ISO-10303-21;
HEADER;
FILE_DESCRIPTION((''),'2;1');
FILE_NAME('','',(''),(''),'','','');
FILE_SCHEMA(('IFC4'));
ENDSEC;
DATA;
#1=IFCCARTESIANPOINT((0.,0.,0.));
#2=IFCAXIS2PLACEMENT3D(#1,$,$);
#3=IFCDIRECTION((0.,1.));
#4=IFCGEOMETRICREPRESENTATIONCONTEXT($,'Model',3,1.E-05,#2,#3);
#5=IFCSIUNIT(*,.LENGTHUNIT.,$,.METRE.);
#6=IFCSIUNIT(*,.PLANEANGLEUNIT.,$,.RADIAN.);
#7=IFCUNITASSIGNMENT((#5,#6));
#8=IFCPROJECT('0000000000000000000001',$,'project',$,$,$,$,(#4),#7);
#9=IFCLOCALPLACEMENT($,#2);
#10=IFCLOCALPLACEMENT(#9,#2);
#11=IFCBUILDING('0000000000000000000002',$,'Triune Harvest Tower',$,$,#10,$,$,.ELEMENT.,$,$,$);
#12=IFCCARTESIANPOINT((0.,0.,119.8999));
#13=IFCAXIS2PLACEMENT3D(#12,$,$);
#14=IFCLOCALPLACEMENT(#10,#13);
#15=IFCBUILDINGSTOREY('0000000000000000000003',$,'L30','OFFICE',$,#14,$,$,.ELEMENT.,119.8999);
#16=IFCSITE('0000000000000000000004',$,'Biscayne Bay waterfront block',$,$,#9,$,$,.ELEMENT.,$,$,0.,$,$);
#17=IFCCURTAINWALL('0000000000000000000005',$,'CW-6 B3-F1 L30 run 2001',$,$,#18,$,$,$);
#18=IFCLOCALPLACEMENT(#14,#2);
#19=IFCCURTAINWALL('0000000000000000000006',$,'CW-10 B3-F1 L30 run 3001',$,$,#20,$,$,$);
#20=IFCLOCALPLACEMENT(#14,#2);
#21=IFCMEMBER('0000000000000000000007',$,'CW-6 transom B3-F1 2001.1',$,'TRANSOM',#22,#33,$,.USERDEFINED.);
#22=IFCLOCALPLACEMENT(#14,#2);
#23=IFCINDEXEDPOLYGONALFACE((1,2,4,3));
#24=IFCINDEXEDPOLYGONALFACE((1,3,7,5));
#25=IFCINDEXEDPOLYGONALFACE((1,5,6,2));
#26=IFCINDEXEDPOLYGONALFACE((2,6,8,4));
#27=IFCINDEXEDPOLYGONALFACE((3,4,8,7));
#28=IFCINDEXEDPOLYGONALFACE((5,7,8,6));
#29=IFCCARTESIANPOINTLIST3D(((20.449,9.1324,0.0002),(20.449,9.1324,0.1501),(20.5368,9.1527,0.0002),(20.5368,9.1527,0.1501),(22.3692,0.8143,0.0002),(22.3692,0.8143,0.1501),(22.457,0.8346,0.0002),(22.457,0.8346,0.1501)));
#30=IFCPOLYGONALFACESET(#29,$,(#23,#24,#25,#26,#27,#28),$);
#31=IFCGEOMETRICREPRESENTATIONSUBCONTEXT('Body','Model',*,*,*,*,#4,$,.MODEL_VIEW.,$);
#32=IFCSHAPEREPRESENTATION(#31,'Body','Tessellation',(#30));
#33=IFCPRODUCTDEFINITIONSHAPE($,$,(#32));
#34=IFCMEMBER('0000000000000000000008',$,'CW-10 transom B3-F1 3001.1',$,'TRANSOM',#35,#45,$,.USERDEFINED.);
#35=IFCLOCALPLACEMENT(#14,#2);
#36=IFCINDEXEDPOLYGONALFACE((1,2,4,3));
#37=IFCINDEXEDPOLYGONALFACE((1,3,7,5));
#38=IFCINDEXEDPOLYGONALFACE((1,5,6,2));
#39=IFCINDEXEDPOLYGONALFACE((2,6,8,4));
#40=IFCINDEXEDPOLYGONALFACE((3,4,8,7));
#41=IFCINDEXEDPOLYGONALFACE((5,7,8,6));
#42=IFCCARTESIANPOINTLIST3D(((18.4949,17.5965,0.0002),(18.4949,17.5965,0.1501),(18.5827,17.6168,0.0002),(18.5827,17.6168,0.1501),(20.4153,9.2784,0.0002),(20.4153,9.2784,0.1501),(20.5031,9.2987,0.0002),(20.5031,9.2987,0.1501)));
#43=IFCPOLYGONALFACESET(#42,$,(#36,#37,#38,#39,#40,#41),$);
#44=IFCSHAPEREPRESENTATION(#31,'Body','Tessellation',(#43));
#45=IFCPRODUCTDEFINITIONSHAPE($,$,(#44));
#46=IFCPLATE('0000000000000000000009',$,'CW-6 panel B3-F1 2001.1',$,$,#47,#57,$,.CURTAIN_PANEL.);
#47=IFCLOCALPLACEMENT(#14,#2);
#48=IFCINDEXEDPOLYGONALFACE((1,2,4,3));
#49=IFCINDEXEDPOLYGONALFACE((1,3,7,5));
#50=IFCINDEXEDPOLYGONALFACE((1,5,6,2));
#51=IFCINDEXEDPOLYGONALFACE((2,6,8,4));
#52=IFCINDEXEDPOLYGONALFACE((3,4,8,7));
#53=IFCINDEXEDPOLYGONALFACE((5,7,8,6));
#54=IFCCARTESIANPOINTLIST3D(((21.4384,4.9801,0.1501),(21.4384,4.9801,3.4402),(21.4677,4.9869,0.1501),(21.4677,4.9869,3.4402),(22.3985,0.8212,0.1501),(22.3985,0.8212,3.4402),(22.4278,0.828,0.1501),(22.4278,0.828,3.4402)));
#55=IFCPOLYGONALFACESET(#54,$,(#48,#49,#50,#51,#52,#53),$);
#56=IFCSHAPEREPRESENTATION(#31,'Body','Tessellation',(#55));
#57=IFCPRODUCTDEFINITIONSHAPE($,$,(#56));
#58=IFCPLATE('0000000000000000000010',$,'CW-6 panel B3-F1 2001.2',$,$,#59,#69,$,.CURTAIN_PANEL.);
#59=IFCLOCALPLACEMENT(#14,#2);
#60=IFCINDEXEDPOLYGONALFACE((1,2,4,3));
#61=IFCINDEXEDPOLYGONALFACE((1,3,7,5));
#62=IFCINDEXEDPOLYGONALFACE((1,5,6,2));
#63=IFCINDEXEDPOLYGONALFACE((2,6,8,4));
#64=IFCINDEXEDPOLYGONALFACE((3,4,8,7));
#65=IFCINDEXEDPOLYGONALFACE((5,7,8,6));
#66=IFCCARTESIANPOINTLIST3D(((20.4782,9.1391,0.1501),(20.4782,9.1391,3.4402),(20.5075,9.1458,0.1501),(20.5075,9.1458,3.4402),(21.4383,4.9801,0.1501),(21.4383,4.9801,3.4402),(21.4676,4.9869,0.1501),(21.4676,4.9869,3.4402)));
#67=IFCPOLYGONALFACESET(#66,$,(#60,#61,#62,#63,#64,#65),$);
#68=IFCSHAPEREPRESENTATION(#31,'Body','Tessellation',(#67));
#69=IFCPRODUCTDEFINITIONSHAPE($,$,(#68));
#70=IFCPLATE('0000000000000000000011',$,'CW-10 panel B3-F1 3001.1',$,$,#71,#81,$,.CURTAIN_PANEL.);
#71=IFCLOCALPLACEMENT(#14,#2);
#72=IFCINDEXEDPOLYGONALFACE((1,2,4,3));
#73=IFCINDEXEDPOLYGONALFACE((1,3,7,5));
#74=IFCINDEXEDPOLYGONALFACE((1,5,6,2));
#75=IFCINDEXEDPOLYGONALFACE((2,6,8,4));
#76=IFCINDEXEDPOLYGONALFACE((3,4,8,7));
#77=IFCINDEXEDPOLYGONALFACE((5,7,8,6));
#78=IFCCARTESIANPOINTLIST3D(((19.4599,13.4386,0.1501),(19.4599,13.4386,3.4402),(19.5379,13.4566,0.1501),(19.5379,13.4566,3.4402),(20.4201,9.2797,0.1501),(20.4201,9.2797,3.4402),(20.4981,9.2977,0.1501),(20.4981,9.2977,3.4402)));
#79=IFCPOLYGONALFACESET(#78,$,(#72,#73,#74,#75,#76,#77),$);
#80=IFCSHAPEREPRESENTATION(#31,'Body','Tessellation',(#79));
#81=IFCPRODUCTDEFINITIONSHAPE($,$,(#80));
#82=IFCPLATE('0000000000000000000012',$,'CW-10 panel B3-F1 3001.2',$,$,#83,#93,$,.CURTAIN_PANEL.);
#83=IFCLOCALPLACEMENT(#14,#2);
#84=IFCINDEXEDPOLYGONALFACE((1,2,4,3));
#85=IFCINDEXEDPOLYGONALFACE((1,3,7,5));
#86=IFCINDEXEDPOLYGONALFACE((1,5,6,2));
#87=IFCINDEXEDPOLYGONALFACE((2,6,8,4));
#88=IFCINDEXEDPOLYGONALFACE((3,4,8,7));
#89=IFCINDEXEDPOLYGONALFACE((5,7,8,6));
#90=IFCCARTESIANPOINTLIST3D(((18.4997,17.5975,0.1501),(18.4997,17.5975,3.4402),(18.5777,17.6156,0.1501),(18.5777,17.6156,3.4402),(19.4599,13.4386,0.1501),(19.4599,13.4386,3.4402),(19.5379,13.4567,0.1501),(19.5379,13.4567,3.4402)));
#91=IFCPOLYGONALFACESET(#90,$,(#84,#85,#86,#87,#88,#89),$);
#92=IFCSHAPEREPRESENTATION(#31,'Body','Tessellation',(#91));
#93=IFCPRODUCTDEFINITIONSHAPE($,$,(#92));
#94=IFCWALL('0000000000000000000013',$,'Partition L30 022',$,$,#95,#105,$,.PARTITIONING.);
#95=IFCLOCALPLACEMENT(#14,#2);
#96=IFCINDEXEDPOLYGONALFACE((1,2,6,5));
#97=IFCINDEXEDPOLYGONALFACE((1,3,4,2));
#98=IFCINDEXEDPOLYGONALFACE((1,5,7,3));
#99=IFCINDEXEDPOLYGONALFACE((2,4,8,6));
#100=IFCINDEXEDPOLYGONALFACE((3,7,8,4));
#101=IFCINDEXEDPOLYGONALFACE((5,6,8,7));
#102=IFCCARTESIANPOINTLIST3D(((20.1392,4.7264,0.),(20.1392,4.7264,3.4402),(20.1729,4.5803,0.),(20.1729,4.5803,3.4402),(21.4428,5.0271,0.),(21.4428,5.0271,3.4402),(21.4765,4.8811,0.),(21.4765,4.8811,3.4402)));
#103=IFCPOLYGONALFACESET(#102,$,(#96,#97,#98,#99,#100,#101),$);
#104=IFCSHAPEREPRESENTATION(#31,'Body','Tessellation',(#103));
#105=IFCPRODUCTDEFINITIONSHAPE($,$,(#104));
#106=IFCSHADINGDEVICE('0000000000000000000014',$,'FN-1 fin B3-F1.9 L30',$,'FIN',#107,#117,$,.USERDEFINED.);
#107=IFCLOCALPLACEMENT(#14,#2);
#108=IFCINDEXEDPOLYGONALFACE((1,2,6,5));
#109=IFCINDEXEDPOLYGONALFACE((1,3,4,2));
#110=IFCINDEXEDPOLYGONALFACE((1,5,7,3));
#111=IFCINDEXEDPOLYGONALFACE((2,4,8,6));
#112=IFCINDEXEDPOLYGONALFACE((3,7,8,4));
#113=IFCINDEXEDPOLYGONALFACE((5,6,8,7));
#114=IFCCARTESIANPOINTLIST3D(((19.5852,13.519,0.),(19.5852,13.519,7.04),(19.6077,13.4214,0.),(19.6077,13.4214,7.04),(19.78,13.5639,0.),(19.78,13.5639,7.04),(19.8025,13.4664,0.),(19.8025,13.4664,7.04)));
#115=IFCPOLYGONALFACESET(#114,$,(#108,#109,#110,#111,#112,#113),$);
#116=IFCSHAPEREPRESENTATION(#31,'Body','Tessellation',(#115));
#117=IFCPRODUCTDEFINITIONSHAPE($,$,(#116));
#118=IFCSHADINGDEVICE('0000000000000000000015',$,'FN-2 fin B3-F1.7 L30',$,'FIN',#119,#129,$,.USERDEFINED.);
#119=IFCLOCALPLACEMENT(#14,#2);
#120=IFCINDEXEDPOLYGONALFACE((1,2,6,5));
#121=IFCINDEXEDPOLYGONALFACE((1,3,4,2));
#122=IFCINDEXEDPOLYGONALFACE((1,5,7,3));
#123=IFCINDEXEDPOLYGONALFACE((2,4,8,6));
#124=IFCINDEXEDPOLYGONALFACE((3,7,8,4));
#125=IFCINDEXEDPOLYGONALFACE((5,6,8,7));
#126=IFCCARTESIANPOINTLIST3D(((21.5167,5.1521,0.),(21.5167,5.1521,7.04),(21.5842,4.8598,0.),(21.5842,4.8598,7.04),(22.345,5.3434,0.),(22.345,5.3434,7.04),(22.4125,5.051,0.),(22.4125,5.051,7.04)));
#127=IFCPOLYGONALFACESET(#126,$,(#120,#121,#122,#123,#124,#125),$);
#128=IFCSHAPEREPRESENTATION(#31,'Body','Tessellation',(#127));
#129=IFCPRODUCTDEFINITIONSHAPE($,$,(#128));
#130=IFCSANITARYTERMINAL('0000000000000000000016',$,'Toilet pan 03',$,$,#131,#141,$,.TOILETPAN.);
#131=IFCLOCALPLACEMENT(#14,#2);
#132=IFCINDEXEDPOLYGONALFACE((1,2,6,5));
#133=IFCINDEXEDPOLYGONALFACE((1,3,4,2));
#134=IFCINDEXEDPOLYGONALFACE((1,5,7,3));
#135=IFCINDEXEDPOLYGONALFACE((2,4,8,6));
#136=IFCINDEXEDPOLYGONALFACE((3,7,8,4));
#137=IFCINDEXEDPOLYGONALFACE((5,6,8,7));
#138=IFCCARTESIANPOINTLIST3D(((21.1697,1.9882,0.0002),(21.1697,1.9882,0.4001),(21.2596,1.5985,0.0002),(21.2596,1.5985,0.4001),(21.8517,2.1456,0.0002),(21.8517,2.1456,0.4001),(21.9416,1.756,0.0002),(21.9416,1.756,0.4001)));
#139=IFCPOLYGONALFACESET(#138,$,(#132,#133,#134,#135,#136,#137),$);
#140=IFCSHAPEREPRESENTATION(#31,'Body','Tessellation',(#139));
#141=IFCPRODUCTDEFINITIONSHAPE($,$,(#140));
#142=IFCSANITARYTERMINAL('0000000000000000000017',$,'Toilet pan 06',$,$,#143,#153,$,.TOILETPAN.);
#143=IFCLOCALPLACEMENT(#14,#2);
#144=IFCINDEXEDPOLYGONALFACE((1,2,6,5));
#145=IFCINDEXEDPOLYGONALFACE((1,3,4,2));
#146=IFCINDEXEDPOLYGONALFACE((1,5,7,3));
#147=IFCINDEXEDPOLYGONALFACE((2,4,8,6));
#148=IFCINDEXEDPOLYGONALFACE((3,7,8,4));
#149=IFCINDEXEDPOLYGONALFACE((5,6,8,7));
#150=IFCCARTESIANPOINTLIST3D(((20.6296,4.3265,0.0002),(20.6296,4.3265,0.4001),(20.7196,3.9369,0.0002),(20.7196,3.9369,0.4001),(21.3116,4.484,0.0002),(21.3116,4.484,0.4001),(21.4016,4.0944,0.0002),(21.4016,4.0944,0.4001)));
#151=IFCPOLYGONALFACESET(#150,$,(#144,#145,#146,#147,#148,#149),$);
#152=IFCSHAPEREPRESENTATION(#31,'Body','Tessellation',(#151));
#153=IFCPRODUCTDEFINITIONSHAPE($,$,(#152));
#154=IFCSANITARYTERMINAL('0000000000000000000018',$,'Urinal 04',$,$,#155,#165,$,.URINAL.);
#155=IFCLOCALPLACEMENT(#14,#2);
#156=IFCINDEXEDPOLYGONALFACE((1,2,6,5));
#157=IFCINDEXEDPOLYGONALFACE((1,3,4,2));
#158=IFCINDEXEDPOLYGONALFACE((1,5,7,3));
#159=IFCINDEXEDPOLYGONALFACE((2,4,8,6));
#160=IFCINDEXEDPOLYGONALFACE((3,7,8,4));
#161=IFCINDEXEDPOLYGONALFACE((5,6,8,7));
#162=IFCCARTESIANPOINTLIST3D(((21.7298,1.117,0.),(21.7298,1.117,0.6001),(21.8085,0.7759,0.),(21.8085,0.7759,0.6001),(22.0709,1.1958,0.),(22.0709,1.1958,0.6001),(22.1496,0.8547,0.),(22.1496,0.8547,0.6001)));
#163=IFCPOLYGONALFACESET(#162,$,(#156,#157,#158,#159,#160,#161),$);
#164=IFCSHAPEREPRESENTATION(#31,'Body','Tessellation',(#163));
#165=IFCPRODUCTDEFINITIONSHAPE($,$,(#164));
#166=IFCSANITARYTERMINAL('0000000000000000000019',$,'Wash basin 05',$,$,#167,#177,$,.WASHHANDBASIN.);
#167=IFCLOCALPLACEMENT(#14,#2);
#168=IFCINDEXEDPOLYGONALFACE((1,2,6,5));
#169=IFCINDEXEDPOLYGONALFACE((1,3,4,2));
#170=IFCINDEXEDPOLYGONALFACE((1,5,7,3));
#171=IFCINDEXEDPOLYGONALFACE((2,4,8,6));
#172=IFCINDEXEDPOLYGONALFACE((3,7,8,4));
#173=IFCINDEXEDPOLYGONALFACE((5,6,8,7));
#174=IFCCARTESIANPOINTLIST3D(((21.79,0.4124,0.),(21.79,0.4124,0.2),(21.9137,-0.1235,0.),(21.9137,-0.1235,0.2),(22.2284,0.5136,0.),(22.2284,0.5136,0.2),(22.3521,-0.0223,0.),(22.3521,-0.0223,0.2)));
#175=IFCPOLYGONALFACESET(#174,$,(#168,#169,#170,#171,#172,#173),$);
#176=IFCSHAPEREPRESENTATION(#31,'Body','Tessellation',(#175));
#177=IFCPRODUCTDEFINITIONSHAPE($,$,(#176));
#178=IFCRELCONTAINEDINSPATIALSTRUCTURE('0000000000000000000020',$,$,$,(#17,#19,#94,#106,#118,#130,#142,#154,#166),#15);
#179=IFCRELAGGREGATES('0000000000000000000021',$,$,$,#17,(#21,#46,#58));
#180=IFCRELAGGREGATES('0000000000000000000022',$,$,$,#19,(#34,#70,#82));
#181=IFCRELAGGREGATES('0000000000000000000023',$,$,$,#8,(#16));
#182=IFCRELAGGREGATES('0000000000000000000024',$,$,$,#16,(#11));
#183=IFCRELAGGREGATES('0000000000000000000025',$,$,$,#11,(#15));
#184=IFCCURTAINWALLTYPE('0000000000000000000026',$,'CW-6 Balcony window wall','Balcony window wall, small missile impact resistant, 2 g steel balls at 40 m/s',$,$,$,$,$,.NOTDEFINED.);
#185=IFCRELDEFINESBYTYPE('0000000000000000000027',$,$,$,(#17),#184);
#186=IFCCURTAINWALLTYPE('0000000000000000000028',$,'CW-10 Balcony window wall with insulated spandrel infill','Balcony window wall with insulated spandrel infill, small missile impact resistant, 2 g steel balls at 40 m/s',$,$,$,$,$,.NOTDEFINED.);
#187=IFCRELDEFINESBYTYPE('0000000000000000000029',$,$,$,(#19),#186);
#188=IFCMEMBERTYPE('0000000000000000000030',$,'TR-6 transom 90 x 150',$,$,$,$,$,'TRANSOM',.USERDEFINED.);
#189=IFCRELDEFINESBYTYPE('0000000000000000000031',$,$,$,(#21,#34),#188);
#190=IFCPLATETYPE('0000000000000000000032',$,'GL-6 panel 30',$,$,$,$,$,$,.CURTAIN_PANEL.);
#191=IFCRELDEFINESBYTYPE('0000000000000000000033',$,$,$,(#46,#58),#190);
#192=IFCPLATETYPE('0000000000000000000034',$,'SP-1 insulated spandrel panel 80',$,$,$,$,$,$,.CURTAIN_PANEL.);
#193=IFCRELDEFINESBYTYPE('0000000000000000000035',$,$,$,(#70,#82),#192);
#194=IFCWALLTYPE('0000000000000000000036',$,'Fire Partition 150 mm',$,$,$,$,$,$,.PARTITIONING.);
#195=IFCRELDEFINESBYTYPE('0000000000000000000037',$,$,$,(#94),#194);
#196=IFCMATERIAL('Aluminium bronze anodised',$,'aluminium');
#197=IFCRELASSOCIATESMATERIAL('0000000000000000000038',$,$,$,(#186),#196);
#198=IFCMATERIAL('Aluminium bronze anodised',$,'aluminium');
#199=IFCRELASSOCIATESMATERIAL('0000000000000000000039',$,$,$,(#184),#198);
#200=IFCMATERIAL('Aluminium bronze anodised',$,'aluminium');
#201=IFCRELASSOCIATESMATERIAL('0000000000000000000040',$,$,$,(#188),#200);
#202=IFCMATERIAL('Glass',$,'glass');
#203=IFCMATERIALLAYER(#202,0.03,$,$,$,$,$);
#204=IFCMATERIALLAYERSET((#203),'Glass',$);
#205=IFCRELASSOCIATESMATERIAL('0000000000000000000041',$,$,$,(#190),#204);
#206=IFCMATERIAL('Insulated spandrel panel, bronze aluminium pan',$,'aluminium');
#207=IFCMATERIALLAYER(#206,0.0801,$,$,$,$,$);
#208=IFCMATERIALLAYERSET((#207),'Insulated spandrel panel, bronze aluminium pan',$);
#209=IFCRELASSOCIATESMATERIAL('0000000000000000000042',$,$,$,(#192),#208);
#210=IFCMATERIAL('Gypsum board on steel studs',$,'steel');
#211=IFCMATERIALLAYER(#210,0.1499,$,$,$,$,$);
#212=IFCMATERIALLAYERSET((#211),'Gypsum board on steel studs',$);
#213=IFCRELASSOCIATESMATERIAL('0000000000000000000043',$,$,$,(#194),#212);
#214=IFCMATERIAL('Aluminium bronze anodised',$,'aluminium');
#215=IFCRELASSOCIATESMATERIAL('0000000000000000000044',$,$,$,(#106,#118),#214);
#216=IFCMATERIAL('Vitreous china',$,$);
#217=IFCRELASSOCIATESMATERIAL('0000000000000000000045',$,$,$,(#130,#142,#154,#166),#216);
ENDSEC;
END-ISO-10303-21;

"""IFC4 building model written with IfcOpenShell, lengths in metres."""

from ifc_helpers import new_model, si_unit, direction, frame, frame_2d, origin, origin_2d, place, context, subcontext, project, spatial, rectangle, extrude, source, transform, mapped, material, layer, layer_set, material_profile, profile_set, type_object, element, aggregate, save


model = new_model("IFC4")

# Units and contexts
model_context = context("Model", 3, precision=1e-05, world=origin(), true_north=direction((0.0, 1.0)))
body_context = subcontext(model_context, "Body", "Model", "MODEL_VIEW")
ifc_project = project(units=[si_unit("LENGTHUNIT", "METRE"), si_unit("PLANEANGLEUNIT", "RADIAN")], contexts=[model_context])

# Site, building, storey
site_placement = place(None, origin())
site = spatial("IfcSite", under=ifc_project, at=site_placement, Name="Biscayne Bay waterfront block", CompositionType="ELEMENT", RefElevation=0.0)
building_placement = place(site_placement, origin())
building = spatial("IfcBuilding", under=site, at=building_placement, Name="Triune Harvest Tower", CompositionType="ELEMENT")
storey_placement = place(building_placement, frame((0.0, 0.0, 119.8999)))
storey = spatial("IfcBuildingStorey", under=building, at=storey_placement, Name="L30", Description="OFFICE", CompositionType="ELEMENT", Elevation=119.8999)

# Shared definitions
ifc_material_1 = material(Name="Aluminium bronze anodised", Category="aluminium")
curtain_wall_type_1 = type_object("IfcCurtainWallType", Name="CW-10 Balcony window wall with insulated spandrel infill", Description="Balcony window wall with insulated spandrel infill, small missile impact resistant, 2 g steel balls at 40 m/s", PredefinedType="NOTDEFINED", material=ifc_material_1)

# Curtain wall
ifc_material_2 = material(Name="Aluminium bronze anodised", Category="aluminium")
curtain_wall_type_2 = type_object("IfcCurtainWallType", Name="CW-6 Balcony window wall", Description="Balcony window wall, small missile impact resistant, 2 g steel balls at 40 m/s", PredefinedType="NOTDEFINED", material=ifc_material_2)
curtain_wall_1_placement = place(storey_placement, origin())
curtain_wall_1 = element("IfcCurtainWall", 1, at=curtain_wall_1_placement, inside=storey, type_object=curtain_wall_type_2, Name="CW-6 B3-F1 L30 run 2001")

# Curtain wall
curtain_wall_2_placement = place(storey_placement, origin())
curtain_wall_2 = element("IfcCurtainWall", 2, at=curtain_wall_2_placement, inside=storey, type_object=curtain_wall_type_1, Name="CW-10 B3-F1 L30 run 3001")

# Members
ifc_material_3 = material(Name="Aluminium bronze anodised", Category="aluminium")
ifc_material_profile_1 = material_profile(ifc_material_3, rectangle(XDim=0.0901, YDim=0.1499, at=origin_2d()), Name="TR-6 transom 90 x 150")
ifc_profile_set_1 = profile_set([ifc_material_profile_1], Name="Aluminium bronze anodised")
member_type_1 = type_object("IfcMemberType", Name="TR-6 transom 90 x 150", ElementType="TRANSOM", PredefinedType="USERDEFINED", material=ifc_profile_set_1)
shared_shape_1 = source(origin(), body_context, "Body", "SweptSolid", [
    extrude(rectangle(XDim=0.0901, YDim=0.1499, at=origin_2d()), origin(), (0.0, 0.0, 1.0), 8.5369),
])
member_1_placement = place(storey_placement, frame((22.4131, 0.8245, 0.0752), z_axis=(-0.224926, 0.974376, 0.0), x_axis=(-0.974376, -0.224926, 0.0)))
member_1 = element("IfcMember", 3, at=member_1_placement, type_object=member_type_1, Name="CW-6 transom B3-F1 2001.1", ObjectType="TRANSOM", PredefinedType="USERDEFINED", context=body_context, shape_type="MappedRepresentation", body=[
    mapped(shared_shape_1, transform((0.0, 0.0, 0.0), scale=1.0)),
])
member_2_placement = place(storey_placement, frame((20.4592, 9.2886, 0.0752), z_axis=(-0.224953, 0.97437, 0.0), x_axis=(-0.97437, -0.224953, 0.0)))
member_2 = element("IfcMember", 4, at=member_2_placement, type_object=member_type_1, Name="CW-10 transom B3-F1 3001.1", ObjectType="TRANSOM", PredefinedType="USERDEFINED", context=body_context, shape_type="MappedRepresentation", body=[
    mapped(shared_shape_1, transform((0.0, 0.0, 0.0), scale=1.0)),
])

# Plates
ifc_material_4 = material(Name="Glass", Category="glass")
ifc_layer_1 = layer(ifc_material_4, 0.03)
ifc_layer_set_1 = layer_set([ifc_layer_1], Name="Glass")
plate_type_1 = type_object("IfcPlateType", Name="GL-6 panel 30", PredefinedType="CURTAIN_PANEL", material=ifc_layer_set_1)
shared_shape_2 = source(origin(), body_context, "Body", "SweptSolid", [
    extrude(rectangle(XDim=4.2683, YDim=0.03, at=origin_2d()), origin(), (0.0, 0.0, 1.0), 3.29),
])
plate_1_placement = place(storey_placement, frame((21.9331, 2.9041, 0.1501), z_axis=(0.0, 0.0, 1.0), x_axis=(-0.224941, 0.974372, 0.0)))
plate_1 = element("IfcPlate", 5, at=plate_1_placement, type_object=plate_type_1, Name="CW-6 panel B3-F1 2001.1", PredefinedType="CURTAIN_PANEL", context=body_context, shape_type="MappedRepresentation", body=[
    mapped(shared_shape_2, transform((0.0, 0.0, 0.0), scale=1.0)),
])
plate_2_placement = place(storey_placement, frame((20.9729, 7.063, 0.1501), z_axis=(0.0, 0.0, 1.0), x_axis=(-0.224941, 0.974372, 0.0)))
plate_2 = element("IfcPlate", 6, at=plate_2_placement, type_object=plate_type_1, Name="CW-6 panel B3-F1 2001.2", PredefinedType="CURTAIN_PANEL", context=body_context, shape_type="MappedRepresentation", body=[
    mapped(shared_shape_2, transform((0.0, 0.0, 0.0), scale=1.0)),
])
aggregate(curtain_wall_1, [member_1, plate_1, plate_2])
ifc_material_5 = material(Name="Insulated spandrel panel, bronze aluminium pan", Category="aluminium")
ifc_layer_2 = layer(ifc_material_5, 0.0801)
ifc_layer_set_2 = layer_set([ifc_layer_2], Name="Insulated spandrel panel, bronze aluminium pan")
plate_type_2 = type_object("IfcPlateType", Name="SP-1 insulated spandrel panel 80", PredefinedType="CURTAIN_PANEL", material=ifc_layer_set_2)
shared_shape_3 = source(origin(), body_context, "Body", "SweptSolid", [
    extrude(rectangle(XDim=4.2683, YDim=0.0801, at=origin_2d()), origin(), (0.0, 0.0, 1.0), 3.29),
])
plate_3_placement = place(storey_placement, frame((19.979, 11.3682, 0.1501), z_axis=(0.0, 0.0, 1.0), x_axis=(-0.224955, 0.974369, 0.0)))
plate_3 = element("IfcPlate", 7, at=plate_3_placement, type_object=plate_type_2, Name="CW-10 panel B3-F1 3001.1", PredefinedType="CURTAIN_PANEL", context=body_context, shape_type="MappedRepresentation", body=[
    mapped(shared_shape_3, transform((0.0, 0.0, 0.0), scale=1.0)),
])
plate_4_placement = place(storey_placement, frame((19.0188, 15.5271, 0.1501), z_axis=(0.0, 0.0, 1.0), x_axis=(-0.224955, 0.974369, 0.0)))
plate_4 = element("IfcPlate", 8, at=plate_4_placement, type_object=plate_type_2, Name="CW-10 panel B3-F1 3001.2", PredefinedType="CURTAIN_PANEL", context=body_context, shape_type="MappedRepresentation", body=[
    mapped(shared_shape_3, transform((0.0, 0.0, 0.0), scale=1.0)),
])
aggregate(curtain_wall_2, [member_2, plate_3, plate_4])

# Wall
ifc_material_6 = material(Name="Gypsum board on steel studs", Category="steel")
ifc_layer_3 = layer(ifc_material_6, 0.1499)
ifc_layer_set_3 = layer_set([ifc_layer_3], Name="Gypsum board on steel studs")
wall_type = type_object("IfcWallType", Name="Fire Partition 150 mm", PredefinedType="PARTITIONING", material=ifc_layer_set_3)
wall_placement = place(storey_placement, frame((20.156, 4.6533, 0.0), z_axis=(0.0, 0.0, 1.0), x_axis=(0.974403, 0.224806, 0.0)))
element("IfcWall", 9, at=wall_placement, inside=storey, type_object=wall_type, Name="Partition L30 022", PredefinedType="PARTITIONING", context=body_context, shape_type="SweptSolid", body=[
    extrude(rectangle(XDim=1.3379, YDim=0.1499, at=frame_2d((0.6689, 0.0))), origin(), (0.0, 0.0, 1.0), 3.4402),
])

# Shading devices
ifc_material_7 = material(Name="Aluminium bronze anodised", Category="aluminium")
shared_shape_4 = source(origin(), body_context, "Body", "SweptSolid", [
    extrude(rectangle(XDim=0.1001, YDim=0.2, at=origin_2d()), origin(), (0.0, 0.0, 1.0), 7.04),
])
shading_device_1_placement = place(storey_placement, frame((19.6938, 13.4927, 0.0), z_axis=(0.0, 0.0, 1.0), x_axis=(-0.224951, 0.97437, 0.0)))
element("IfcShadingDevice", 10, at=shading_device_1_placement, inside=storey, material=ifc_material_7, Name="FN-1 fin B3-F1.9 L30", ObjectType="FIN", PredefinedType="USERDEFINED", context=body_context, shape_type="MappedRepresentation", body=[
    mapped(shared_shape_4, transform((0.0, 0.0, 0.0), scale=1.0)),
])
shared_shape_5 = source(origin(), body_context, "Body", "SweptSolid", [
    extrude(rectangle(XDim=0.3, YDim=0.8501, at=origin_2d()), origin(), (0.0, 0.0, 1.0), 7.04),
])
shading_device_2_placement = place(storey_placement, frame((21.9646, 5.1016, 0.0), z_axis=(0.0, 0.0, 1.0), x_axis=(-0.224951, 0.97437, 0.0)))
element("IfcShadingDevice", 11, at=shading_device_2_placement, inside=storey, material=ifc_material_7, Name="FN-2 fin B3-F1.7 L30", ObjectType="FIN", PredefinedType="USERDEFINED", context=body_context, shape_type="MappedRepresentation", body=[
    mapped(shared_shape_5, transform((0.0, 0.0, 0.0), scale=1.0)),
])

# Sanitary terminals
ifc_material_8 = material(Name="Vitreous china")
shared_shape_6 = source(origin(), body_context, "Body", "SweptSolid", [
    extrude(rectangle(XDim=0.3999, YDim=0.7, at=origin_2d()), origin(), (0.0, 0.0, 1.0), 0.3999),
])
for number, where, z_axis, x_axis, name in (
    (12, (21.5557, 1.8721, 0.0002), (0.0, 0.0, 1.0), (0.224934, -0.974374, 0.0), "Toilet pan 03"),
    (13, (21.0156, 4.2104, 0.0002), (0.0, 0.0, 1.0), (0.224968, -0.974366, 0.0), "Toilet pan 06"),
):
    element("IfcSanitaryTerminal", number, at=place(storey_placement, frame(where, z_axis=z_axis, x_axis=x_axis)), inside=storey, material=ifc_material_8, Name=name, PredefinedType="TOILETPAN", context=body_context, shape_type="MappedRepresentation", body=[
        mapped(shared_shape_6, transform((0.0, 0.0, 0.0), scale=1.0)),
    ])
shared_shape_7 = source(origin(), body_context, "Body", "SweptSolid", [
    extrude(rectangle(XDim=0.3501, YDim=0.3501, at=origin_2d()), origin(), (0.0, 0.0, 1.0), 0.6001),
])
sanitary_terminal_placement = place(storey_placement, frame((21.9397, 0.9858, 0.0), z_axis=(0.0, 0.0, 1.0), x_axis=(0.224934, -0.974374, 0.0)))
element("IfcSanitaryTerminal", 14, at=sanitary_terminal_placement, inside=storey, material=ifc_material_8, Name="Urinal 04", PredefinedType="URINAL", context=body_context, shape_type="MappedRepresentation", body=[
    mapped(shared_shape_7, transform((0.0, 0.0, 0.0), scale=1.0)),
])
shared_shape_8 = source(origin(), body_context, "Body", "SweptSolid", [
    extrude(rectangle(XDim=0.55, YDim=0.45, at=origin_2d()), origin(), (0.0, 0.0, 1.0), 0.2),
])
for number, where, z_axis, x_axis, name in (
    (15, (22.071, 0.1951, 0.0), (0.0, 0.0, 1.0), (0.224934, -0.974374, 0.0), "Wash basin 05"),
):
    element("IfcSanitaryTerminal", number, at=place(storey_placement, frame(where, z_axis=z_axis, x_axis=x_axis)), inside=storey, material=ifc_material_8, Name=name, PredefinedType="WASHHANDBASIN", context=body_context, shape_type="MappedRepresentation", body=[
        mapped(shared_shape_8, transform((0.0, 0.0, 0.0), scale=1.0)),
    ])

save(model, "model.ifc")
